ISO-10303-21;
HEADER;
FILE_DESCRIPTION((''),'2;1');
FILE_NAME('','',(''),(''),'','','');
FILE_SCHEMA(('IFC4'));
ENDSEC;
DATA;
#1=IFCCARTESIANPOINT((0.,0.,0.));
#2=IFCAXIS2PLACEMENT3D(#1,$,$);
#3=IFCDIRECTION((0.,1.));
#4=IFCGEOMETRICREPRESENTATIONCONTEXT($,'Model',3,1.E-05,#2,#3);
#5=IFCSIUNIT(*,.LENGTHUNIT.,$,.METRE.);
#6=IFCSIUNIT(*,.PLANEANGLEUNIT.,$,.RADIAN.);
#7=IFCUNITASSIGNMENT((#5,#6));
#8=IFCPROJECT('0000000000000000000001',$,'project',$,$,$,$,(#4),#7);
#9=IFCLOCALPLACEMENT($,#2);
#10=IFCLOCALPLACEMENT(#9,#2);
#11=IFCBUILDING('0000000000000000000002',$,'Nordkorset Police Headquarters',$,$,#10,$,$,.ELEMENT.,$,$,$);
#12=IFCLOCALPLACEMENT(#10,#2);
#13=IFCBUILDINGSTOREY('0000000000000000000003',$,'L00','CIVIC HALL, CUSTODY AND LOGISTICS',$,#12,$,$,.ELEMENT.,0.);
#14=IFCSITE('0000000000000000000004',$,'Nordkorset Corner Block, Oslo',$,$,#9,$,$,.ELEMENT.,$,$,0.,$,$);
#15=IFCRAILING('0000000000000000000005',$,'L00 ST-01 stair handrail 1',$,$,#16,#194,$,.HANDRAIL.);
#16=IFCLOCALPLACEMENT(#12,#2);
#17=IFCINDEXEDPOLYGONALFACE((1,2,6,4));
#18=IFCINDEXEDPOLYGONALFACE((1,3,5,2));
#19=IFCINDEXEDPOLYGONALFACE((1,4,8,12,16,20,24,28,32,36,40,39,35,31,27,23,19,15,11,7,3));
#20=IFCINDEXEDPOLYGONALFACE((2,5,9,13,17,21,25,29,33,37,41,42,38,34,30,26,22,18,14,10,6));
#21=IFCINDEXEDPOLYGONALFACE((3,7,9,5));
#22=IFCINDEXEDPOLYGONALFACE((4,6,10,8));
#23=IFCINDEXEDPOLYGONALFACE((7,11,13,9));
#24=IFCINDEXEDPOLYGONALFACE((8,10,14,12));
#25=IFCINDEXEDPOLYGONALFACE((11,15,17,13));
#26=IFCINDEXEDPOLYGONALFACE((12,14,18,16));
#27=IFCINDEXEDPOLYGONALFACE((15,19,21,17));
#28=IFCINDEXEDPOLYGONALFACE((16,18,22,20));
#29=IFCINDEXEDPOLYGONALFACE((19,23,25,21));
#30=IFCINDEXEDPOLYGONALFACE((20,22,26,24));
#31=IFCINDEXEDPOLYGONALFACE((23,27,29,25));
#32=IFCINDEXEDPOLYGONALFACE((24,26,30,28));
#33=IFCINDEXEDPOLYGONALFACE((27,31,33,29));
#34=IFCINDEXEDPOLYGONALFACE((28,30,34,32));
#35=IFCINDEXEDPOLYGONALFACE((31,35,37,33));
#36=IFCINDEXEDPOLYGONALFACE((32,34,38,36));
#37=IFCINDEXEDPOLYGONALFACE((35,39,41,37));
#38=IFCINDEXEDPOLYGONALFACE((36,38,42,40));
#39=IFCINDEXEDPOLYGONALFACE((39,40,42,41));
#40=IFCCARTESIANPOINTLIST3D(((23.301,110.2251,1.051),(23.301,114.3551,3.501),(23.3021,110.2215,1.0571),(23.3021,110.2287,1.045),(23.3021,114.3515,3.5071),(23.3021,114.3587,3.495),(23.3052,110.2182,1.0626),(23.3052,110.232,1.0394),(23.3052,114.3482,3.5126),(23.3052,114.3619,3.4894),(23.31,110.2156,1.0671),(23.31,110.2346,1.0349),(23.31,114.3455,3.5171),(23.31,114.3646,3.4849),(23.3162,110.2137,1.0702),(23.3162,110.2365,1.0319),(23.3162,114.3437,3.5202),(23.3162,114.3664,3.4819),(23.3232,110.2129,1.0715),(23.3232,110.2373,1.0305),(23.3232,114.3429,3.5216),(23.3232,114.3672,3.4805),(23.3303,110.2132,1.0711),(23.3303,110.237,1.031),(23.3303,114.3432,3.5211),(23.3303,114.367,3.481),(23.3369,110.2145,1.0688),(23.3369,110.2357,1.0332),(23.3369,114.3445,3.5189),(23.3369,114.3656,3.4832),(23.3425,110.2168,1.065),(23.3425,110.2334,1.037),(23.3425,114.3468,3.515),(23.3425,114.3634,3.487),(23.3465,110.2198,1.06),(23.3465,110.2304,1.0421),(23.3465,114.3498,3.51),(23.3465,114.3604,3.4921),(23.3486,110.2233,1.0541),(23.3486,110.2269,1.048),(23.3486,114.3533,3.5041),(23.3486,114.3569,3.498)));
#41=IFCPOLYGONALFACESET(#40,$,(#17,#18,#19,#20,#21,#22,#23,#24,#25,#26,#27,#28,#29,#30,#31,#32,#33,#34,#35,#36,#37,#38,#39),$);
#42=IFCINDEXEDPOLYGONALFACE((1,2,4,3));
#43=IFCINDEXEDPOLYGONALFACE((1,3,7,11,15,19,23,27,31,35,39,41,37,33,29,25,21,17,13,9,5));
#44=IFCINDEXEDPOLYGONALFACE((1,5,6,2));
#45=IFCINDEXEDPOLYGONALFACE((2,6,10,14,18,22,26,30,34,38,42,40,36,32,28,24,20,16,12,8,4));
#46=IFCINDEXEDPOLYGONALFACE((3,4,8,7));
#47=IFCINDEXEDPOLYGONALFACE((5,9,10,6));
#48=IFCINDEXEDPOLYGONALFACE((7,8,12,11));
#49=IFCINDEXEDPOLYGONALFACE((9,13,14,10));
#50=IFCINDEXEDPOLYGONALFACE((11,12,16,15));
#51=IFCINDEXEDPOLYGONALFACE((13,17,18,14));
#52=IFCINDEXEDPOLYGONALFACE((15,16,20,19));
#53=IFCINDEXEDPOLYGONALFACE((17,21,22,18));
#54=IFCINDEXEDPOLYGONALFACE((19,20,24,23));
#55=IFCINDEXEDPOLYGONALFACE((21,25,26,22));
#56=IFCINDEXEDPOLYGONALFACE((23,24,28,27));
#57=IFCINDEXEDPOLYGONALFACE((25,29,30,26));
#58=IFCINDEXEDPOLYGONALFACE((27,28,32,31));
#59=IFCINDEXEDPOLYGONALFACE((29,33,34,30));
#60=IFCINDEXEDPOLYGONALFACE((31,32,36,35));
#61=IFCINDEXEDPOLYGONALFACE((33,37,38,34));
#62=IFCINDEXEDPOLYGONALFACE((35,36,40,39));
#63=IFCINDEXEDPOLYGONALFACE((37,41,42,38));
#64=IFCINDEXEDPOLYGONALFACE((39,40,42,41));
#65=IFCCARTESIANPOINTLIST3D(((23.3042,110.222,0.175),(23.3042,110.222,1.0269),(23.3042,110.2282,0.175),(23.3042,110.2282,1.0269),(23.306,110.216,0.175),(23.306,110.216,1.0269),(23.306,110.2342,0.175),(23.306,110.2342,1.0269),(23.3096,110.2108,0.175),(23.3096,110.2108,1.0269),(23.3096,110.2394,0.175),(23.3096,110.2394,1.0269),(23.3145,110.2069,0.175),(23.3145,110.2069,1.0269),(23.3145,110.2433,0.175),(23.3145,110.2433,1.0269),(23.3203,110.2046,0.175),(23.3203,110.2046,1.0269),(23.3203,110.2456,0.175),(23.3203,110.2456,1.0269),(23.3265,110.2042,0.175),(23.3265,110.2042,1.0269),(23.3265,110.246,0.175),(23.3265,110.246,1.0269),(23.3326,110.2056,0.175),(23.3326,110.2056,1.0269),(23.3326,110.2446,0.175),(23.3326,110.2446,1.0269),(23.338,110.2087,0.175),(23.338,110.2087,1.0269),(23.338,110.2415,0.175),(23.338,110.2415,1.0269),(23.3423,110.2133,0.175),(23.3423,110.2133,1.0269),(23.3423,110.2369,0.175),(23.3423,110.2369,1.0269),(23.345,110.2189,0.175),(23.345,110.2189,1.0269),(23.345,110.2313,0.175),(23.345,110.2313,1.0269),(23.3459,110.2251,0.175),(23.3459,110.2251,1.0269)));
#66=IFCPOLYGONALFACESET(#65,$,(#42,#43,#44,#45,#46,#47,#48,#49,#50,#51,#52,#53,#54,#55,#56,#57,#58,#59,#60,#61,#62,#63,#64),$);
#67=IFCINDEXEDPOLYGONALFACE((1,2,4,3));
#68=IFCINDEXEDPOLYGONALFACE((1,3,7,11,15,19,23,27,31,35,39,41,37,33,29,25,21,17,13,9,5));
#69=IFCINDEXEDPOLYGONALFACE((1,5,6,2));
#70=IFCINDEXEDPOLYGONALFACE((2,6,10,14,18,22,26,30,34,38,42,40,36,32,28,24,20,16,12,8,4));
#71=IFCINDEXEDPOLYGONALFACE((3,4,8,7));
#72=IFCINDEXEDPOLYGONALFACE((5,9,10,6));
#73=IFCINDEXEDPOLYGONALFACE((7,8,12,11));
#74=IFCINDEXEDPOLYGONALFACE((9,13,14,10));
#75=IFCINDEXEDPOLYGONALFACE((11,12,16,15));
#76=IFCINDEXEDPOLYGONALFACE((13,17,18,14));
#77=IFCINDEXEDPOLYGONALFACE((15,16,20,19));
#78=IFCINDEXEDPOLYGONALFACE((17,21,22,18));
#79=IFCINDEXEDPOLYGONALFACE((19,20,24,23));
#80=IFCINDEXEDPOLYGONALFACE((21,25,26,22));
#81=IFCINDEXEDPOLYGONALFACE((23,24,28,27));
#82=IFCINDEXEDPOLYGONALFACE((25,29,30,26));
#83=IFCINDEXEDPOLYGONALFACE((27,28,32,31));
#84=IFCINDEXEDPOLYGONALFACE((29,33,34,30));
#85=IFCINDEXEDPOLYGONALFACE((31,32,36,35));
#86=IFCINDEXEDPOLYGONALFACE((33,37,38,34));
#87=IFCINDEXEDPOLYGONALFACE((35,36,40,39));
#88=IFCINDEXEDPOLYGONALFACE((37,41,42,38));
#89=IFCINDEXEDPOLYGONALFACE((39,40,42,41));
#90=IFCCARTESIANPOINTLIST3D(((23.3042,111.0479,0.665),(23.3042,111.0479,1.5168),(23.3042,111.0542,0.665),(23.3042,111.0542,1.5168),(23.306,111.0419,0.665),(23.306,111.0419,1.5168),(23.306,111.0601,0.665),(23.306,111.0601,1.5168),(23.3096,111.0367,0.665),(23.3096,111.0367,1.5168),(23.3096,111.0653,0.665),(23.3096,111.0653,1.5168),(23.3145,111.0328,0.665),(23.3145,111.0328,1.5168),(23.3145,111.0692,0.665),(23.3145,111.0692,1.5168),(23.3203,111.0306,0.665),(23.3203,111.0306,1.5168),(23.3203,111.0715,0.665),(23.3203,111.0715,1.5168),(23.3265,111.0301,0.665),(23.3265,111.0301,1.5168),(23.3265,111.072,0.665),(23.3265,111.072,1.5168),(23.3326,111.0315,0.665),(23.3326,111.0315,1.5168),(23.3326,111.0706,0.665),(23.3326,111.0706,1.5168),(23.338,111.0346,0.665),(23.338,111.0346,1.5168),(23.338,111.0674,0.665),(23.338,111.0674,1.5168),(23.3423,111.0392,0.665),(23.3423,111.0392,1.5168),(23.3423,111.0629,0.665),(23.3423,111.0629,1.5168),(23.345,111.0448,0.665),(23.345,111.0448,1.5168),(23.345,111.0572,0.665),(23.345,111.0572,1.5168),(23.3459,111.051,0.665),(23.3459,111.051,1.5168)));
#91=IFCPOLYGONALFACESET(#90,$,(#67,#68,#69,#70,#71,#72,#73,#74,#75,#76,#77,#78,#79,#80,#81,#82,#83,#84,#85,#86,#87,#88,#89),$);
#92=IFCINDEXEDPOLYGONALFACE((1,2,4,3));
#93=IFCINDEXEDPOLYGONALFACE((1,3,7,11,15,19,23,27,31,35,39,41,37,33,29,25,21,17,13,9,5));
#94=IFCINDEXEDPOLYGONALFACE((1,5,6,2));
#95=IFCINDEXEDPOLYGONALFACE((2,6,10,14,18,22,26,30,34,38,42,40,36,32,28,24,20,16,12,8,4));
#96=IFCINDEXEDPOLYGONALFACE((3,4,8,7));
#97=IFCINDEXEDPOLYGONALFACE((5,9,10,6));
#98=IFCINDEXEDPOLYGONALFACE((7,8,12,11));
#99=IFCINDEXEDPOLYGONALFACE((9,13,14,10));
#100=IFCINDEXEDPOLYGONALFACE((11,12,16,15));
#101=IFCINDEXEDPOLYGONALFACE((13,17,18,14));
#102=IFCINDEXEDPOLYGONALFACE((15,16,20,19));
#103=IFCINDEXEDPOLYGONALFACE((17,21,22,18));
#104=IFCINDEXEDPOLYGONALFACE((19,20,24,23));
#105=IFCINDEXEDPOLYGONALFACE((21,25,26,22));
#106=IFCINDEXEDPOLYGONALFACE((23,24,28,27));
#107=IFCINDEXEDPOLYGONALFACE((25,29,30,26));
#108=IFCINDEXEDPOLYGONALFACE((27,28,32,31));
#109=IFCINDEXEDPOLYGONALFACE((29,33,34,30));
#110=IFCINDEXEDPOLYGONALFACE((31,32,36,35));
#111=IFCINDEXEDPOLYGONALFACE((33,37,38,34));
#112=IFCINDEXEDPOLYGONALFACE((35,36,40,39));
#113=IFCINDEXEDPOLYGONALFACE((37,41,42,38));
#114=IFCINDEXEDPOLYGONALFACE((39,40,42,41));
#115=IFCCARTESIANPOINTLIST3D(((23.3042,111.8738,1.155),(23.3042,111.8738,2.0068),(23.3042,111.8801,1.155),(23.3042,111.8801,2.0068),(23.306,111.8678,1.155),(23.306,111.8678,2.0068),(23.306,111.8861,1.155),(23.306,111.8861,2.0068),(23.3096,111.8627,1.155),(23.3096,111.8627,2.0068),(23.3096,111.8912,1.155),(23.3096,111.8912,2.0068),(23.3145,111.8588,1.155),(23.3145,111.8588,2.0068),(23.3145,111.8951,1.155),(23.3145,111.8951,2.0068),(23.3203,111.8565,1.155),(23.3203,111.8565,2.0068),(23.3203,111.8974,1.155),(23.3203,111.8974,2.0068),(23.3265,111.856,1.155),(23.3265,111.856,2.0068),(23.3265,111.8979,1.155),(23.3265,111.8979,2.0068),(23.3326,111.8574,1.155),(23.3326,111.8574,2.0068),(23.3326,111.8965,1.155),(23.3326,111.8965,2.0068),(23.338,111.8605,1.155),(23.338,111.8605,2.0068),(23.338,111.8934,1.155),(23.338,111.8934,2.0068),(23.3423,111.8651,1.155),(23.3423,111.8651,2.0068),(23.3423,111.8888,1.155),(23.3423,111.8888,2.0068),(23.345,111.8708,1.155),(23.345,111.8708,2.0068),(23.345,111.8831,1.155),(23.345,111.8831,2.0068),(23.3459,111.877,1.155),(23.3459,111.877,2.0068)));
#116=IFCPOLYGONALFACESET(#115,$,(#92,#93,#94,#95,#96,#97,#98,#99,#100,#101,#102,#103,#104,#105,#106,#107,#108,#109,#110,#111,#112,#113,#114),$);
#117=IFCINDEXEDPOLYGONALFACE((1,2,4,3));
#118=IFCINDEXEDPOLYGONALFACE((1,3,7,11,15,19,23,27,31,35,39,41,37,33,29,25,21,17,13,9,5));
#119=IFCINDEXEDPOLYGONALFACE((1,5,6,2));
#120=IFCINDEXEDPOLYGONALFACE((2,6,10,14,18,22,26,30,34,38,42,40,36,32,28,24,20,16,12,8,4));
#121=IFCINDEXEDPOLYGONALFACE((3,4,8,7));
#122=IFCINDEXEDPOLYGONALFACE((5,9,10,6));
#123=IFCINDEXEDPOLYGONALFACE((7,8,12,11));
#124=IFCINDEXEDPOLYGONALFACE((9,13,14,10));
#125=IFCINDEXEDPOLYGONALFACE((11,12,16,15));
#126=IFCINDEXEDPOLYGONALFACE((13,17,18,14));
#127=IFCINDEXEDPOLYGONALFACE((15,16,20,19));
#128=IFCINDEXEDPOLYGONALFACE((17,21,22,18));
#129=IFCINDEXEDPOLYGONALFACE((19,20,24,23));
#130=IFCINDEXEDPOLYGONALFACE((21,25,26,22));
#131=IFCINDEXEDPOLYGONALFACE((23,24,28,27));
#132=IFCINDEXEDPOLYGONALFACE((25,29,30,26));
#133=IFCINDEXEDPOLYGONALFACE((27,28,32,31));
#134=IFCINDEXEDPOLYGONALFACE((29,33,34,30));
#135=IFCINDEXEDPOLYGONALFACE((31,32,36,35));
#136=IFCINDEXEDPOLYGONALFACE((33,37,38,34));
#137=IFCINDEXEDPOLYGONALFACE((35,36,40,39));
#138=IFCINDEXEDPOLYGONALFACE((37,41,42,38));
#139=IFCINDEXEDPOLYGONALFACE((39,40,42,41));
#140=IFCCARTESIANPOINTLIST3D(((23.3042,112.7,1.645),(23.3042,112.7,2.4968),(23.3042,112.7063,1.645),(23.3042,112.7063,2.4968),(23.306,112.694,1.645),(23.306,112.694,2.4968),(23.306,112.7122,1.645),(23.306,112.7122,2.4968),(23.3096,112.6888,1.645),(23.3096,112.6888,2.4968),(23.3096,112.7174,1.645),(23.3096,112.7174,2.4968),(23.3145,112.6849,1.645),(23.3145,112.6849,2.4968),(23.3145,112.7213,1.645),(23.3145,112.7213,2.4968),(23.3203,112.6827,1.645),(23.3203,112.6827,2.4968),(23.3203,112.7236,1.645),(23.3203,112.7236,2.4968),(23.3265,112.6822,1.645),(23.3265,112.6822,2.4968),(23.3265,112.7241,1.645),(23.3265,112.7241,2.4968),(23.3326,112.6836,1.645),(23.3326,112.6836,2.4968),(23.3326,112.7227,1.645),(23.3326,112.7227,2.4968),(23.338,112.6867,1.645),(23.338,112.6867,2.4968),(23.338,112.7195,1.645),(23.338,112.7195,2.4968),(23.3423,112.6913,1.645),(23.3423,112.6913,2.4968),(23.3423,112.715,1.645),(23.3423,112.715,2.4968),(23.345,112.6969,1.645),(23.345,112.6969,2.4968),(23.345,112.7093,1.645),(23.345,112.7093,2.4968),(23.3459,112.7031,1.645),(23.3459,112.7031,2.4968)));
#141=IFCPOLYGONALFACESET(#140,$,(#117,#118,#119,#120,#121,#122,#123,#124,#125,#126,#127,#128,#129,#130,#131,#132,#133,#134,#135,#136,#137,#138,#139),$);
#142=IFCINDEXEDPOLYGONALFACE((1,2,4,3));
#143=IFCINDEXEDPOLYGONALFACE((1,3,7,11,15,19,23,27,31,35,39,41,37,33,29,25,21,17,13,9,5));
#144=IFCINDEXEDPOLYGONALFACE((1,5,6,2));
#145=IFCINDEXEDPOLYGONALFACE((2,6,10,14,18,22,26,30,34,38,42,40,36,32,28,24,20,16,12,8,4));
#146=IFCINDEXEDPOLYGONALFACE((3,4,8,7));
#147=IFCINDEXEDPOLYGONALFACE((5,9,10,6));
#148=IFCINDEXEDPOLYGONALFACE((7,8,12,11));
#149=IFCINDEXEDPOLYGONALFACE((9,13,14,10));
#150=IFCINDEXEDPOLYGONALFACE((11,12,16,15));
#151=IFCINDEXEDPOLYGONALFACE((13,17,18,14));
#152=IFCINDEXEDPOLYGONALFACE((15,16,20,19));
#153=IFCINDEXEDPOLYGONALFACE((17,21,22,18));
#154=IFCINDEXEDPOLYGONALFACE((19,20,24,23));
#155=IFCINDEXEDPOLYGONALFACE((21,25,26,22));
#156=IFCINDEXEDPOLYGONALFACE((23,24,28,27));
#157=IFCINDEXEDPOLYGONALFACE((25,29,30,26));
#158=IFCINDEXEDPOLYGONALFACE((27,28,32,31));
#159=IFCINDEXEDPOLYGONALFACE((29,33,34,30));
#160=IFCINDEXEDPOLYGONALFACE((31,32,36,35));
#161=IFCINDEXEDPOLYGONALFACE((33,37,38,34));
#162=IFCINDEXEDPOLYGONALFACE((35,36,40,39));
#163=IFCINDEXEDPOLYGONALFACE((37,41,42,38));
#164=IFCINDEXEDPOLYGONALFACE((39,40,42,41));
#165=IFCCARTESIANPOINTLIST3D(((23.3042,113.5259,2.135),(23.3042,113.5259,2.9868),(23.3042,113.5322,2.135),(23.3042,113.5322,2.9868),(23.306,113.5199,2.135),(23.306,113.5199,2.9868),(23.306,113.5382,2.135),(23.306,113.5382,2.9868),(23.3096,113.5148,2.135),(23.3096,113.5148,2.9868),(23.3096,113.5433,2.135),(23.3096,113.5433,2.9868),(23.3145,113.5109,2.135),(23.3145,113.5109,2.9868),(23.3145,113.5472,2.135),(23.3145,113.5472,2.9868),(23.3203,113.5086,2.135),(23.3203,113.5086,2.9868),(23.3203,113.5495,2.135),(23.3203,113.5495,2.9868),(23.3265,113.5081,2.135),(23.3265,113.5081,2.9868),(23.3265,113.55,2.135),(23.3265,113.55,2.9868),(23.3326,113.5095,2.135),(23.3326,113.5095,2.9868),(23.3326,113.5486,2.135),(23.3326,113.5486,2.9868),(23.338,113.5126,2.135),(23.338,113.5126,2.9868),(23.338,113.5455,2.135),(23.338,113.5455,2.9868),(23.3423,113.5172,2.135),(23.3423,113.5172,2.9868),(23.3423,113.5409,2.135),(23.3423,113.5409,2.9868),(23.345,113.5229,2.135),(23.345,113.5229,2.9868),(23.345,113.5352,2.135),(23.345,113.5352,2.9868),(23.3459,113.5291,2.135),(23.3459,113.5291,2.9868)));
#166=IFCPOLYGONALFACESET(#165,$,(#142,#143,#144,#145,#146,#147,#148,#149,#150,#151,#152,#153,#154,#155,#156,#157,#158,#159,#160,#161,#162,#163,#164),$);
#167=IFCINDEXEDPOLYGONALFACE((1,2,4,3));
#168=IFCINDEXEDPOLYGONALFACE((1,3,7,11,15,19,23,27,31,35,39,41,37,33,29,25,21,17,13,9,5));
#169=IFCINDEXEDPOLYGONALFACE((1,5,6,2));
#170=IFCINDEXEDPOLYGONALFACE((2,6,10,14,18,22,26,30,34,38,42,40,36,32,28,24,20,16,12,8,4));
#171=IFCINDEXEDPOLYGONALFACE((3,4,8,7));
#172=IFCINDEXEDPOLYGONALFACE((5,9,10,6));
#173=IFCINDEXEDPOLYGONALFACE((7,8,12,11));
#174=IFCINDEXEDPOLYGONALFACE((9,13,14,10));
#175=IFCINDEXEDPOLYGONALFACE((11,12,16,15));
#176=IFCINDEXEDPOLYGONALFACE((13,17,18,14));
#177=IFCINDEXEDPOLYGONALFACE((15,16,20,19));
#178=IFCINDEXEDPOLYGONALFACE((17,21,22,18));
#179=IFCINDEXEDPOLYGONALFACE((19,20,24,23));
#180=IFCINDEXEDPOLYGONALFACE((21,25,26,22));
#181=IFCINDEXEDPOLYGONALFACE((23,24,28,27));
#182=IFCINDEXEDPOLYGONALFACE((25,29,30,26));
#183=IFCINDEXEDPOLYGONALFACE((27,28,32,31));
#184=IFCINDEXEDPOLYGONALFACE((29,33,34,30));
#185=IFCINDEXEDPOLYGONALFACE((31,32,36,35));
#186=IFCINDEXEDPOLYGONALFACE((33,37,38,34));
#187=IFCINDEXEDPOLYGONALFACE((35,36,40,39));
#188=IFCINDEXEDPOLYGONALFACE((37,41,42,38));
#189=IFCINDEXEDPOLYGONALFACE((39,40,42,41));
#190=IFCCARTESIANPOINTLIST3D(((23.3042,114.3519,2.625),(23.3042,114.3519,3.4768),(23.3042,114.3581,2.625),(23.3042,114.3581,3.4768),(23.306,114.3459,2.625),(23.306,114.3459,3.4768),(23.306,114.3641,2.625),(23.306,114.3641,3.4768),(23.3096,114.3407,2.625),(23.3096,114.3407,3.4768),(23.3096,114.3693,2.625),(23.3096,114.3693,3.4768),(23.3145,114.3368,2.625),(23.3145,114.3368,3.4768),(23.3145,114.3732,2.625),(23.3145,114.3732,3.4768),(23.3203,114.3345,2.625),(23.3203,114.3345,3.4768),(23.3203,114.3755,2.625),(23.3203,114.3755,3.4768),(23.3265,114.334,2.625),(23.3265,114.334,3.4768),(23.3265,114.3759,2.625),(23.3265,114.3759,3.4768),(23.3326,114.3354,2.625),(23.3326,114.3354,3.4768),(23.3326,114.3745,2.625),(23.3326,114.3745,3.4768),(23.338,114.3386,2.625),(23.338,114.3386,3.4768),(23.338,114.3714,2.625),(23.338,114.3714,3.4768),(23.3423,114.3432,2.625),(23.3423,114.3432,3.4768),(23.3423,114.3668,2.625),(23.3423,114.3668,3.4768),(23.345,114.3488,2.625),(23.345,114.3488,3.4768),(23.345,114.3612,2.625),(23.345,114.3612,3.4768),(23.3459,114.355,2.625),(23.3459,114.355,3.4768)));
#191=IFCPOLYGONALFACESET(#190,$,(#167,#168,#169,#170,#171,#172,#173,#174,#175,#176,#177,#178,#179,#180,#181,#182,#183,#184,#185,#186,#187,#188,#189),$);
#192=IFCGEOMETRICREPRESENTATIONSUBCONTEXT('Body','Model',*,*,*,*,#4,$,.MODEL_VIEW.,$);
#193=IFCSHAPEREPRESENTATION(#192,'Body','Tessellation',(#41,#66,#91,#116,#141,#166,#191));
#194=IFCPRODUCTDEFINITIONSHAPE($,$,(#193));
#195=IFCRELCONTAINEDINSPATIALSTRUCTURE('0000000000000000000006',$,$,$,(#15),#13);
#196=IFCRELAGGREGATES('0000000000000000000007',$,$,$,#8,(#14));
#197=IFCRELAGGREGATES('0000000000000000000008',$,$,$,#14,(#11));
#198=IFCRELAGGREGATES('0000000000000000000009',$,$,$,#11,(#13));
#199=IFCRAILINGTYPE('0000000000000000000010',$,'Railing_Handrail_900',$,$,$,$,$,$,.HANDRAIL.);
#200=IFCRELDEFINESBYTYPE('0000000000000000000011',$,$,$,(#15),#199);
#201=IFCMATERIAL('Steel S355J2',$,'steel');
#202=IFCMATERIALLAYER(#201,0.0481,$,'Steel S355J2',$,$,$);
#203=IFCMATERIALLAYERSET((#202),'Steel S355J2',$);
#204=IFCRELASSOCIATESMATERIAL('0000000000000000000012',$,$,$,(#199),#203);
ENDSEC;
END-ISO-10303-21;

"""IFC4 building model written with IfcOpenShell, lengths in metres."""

from ifc_helpers import new_model, si_unit, direction, frame, origin, origin_2d, place, context, subcontext, project, spatial, circle, extrude, material, layer, layer_set, type_object, element, save


model = new_model("IFC4")

# Units and contexts
model_context = context("Model", 3, precision=1e-05, world=origin(), true_north=direction((0.0, 1.0)))
body_context = subcontext(model_context, "Body", "Model", "MODEL_VIEW")
ifc_project = project(units=[si_unit("LENGTHUNIT", "METRE"), si_unit("PLANEANGLEUNIT", "RADIAN")], contexts=[model_context])

# Site, building, storey
site_placement = place(None, origin())
site = spatial("IfcSite", under=ifc_project, at=site_placement, Name="Nordkorset Corner Block, Oslo", CompositionType="ELEMENT", RefElevation=0.0)
building_placement = place(site_placement, origin())
building = spatial("IfcBuilding", under=site, at=building_placement, Name="Nordkorset Police Headquarters", CompositionType="ELEMENT")
storey_placement = place(building_placement, origin())
storey = spatial("IfcBuildingStorey", under=building, at=storey_placement, Name="L00", Description="CIVIC HALL, CUSTODY AND LOGISTICS", CompositionType="ELEMENT", Elevation=0.0)

# Railing
ifc_material_1 = material(Name="Steel S355J2", Category="steel")
ifc_layer_1 = layer(ifc_material_1, 0.0481, Name="Steel S355J2")
ifc_layer_set_1 = layer_set([ifc_layer_1], Name="Steel S355J2")
railing_type_1 = type_object("IfcRailingType", Name="Railing_Handrail_900", PredefinedType="HANDRAIL", material=ifc_layer_set_1)
railing_1_placement = place(storey_placement, frame((23.325, 110.2251, 0.175)))
element("IfcRailing", 1, at=railing_1_placement, inside=storey, type_object=railing_type_1, Name="L00 ST-01 stair handrail 1", PredefinedType="HANDRAIL", context=body_context, shape_type="SweptSolid", body=[
    extrude(circle(Radius=0.0239, at=origin_2d()), frame((0.0, 0.0, 0.876), z_axis=(0.0, 0.860053, 0.510205), x_axis=(-1.0, 0.0, 0.0)), (0.0, 0.0, 1.0), 4.802),
    extrude(circle(Radius=0.021, at=origin_2d()), origin(), (0.0, 0.0, 1.0), 0.8518),
    extrude(circle(Radius=0.021, at=origin_2d()), frame((0.0, 0.8259, 0.49)), (0.0, 0.0, 1.0), 0.8518),
    extrude(circle(Radius=0.021, at=origin_2d()), frame((0.0, 1.6519, 0.98)), (0.0, 0.0, 1.0), 0.8518),
    extrude(circle(Radius=0.021, at=origin_2d()), frame((0.0, 2.478, 1.47)), (0.0, 0.0, 1.0), 0.8518),
    extrude(circle(Radius=0.021, at=origin_2d()), frame((0.0, 3.304, 1.96)), (0.0, 0.0, 1.0), 0.8518),
    extrude(circle(Radius=0.021, at=origin_2d()), frame((0.0, 4.1299, 2.45)), (0.0, 0.0, 1.0), 0.8518),
])

save(model, "model.ifc")
